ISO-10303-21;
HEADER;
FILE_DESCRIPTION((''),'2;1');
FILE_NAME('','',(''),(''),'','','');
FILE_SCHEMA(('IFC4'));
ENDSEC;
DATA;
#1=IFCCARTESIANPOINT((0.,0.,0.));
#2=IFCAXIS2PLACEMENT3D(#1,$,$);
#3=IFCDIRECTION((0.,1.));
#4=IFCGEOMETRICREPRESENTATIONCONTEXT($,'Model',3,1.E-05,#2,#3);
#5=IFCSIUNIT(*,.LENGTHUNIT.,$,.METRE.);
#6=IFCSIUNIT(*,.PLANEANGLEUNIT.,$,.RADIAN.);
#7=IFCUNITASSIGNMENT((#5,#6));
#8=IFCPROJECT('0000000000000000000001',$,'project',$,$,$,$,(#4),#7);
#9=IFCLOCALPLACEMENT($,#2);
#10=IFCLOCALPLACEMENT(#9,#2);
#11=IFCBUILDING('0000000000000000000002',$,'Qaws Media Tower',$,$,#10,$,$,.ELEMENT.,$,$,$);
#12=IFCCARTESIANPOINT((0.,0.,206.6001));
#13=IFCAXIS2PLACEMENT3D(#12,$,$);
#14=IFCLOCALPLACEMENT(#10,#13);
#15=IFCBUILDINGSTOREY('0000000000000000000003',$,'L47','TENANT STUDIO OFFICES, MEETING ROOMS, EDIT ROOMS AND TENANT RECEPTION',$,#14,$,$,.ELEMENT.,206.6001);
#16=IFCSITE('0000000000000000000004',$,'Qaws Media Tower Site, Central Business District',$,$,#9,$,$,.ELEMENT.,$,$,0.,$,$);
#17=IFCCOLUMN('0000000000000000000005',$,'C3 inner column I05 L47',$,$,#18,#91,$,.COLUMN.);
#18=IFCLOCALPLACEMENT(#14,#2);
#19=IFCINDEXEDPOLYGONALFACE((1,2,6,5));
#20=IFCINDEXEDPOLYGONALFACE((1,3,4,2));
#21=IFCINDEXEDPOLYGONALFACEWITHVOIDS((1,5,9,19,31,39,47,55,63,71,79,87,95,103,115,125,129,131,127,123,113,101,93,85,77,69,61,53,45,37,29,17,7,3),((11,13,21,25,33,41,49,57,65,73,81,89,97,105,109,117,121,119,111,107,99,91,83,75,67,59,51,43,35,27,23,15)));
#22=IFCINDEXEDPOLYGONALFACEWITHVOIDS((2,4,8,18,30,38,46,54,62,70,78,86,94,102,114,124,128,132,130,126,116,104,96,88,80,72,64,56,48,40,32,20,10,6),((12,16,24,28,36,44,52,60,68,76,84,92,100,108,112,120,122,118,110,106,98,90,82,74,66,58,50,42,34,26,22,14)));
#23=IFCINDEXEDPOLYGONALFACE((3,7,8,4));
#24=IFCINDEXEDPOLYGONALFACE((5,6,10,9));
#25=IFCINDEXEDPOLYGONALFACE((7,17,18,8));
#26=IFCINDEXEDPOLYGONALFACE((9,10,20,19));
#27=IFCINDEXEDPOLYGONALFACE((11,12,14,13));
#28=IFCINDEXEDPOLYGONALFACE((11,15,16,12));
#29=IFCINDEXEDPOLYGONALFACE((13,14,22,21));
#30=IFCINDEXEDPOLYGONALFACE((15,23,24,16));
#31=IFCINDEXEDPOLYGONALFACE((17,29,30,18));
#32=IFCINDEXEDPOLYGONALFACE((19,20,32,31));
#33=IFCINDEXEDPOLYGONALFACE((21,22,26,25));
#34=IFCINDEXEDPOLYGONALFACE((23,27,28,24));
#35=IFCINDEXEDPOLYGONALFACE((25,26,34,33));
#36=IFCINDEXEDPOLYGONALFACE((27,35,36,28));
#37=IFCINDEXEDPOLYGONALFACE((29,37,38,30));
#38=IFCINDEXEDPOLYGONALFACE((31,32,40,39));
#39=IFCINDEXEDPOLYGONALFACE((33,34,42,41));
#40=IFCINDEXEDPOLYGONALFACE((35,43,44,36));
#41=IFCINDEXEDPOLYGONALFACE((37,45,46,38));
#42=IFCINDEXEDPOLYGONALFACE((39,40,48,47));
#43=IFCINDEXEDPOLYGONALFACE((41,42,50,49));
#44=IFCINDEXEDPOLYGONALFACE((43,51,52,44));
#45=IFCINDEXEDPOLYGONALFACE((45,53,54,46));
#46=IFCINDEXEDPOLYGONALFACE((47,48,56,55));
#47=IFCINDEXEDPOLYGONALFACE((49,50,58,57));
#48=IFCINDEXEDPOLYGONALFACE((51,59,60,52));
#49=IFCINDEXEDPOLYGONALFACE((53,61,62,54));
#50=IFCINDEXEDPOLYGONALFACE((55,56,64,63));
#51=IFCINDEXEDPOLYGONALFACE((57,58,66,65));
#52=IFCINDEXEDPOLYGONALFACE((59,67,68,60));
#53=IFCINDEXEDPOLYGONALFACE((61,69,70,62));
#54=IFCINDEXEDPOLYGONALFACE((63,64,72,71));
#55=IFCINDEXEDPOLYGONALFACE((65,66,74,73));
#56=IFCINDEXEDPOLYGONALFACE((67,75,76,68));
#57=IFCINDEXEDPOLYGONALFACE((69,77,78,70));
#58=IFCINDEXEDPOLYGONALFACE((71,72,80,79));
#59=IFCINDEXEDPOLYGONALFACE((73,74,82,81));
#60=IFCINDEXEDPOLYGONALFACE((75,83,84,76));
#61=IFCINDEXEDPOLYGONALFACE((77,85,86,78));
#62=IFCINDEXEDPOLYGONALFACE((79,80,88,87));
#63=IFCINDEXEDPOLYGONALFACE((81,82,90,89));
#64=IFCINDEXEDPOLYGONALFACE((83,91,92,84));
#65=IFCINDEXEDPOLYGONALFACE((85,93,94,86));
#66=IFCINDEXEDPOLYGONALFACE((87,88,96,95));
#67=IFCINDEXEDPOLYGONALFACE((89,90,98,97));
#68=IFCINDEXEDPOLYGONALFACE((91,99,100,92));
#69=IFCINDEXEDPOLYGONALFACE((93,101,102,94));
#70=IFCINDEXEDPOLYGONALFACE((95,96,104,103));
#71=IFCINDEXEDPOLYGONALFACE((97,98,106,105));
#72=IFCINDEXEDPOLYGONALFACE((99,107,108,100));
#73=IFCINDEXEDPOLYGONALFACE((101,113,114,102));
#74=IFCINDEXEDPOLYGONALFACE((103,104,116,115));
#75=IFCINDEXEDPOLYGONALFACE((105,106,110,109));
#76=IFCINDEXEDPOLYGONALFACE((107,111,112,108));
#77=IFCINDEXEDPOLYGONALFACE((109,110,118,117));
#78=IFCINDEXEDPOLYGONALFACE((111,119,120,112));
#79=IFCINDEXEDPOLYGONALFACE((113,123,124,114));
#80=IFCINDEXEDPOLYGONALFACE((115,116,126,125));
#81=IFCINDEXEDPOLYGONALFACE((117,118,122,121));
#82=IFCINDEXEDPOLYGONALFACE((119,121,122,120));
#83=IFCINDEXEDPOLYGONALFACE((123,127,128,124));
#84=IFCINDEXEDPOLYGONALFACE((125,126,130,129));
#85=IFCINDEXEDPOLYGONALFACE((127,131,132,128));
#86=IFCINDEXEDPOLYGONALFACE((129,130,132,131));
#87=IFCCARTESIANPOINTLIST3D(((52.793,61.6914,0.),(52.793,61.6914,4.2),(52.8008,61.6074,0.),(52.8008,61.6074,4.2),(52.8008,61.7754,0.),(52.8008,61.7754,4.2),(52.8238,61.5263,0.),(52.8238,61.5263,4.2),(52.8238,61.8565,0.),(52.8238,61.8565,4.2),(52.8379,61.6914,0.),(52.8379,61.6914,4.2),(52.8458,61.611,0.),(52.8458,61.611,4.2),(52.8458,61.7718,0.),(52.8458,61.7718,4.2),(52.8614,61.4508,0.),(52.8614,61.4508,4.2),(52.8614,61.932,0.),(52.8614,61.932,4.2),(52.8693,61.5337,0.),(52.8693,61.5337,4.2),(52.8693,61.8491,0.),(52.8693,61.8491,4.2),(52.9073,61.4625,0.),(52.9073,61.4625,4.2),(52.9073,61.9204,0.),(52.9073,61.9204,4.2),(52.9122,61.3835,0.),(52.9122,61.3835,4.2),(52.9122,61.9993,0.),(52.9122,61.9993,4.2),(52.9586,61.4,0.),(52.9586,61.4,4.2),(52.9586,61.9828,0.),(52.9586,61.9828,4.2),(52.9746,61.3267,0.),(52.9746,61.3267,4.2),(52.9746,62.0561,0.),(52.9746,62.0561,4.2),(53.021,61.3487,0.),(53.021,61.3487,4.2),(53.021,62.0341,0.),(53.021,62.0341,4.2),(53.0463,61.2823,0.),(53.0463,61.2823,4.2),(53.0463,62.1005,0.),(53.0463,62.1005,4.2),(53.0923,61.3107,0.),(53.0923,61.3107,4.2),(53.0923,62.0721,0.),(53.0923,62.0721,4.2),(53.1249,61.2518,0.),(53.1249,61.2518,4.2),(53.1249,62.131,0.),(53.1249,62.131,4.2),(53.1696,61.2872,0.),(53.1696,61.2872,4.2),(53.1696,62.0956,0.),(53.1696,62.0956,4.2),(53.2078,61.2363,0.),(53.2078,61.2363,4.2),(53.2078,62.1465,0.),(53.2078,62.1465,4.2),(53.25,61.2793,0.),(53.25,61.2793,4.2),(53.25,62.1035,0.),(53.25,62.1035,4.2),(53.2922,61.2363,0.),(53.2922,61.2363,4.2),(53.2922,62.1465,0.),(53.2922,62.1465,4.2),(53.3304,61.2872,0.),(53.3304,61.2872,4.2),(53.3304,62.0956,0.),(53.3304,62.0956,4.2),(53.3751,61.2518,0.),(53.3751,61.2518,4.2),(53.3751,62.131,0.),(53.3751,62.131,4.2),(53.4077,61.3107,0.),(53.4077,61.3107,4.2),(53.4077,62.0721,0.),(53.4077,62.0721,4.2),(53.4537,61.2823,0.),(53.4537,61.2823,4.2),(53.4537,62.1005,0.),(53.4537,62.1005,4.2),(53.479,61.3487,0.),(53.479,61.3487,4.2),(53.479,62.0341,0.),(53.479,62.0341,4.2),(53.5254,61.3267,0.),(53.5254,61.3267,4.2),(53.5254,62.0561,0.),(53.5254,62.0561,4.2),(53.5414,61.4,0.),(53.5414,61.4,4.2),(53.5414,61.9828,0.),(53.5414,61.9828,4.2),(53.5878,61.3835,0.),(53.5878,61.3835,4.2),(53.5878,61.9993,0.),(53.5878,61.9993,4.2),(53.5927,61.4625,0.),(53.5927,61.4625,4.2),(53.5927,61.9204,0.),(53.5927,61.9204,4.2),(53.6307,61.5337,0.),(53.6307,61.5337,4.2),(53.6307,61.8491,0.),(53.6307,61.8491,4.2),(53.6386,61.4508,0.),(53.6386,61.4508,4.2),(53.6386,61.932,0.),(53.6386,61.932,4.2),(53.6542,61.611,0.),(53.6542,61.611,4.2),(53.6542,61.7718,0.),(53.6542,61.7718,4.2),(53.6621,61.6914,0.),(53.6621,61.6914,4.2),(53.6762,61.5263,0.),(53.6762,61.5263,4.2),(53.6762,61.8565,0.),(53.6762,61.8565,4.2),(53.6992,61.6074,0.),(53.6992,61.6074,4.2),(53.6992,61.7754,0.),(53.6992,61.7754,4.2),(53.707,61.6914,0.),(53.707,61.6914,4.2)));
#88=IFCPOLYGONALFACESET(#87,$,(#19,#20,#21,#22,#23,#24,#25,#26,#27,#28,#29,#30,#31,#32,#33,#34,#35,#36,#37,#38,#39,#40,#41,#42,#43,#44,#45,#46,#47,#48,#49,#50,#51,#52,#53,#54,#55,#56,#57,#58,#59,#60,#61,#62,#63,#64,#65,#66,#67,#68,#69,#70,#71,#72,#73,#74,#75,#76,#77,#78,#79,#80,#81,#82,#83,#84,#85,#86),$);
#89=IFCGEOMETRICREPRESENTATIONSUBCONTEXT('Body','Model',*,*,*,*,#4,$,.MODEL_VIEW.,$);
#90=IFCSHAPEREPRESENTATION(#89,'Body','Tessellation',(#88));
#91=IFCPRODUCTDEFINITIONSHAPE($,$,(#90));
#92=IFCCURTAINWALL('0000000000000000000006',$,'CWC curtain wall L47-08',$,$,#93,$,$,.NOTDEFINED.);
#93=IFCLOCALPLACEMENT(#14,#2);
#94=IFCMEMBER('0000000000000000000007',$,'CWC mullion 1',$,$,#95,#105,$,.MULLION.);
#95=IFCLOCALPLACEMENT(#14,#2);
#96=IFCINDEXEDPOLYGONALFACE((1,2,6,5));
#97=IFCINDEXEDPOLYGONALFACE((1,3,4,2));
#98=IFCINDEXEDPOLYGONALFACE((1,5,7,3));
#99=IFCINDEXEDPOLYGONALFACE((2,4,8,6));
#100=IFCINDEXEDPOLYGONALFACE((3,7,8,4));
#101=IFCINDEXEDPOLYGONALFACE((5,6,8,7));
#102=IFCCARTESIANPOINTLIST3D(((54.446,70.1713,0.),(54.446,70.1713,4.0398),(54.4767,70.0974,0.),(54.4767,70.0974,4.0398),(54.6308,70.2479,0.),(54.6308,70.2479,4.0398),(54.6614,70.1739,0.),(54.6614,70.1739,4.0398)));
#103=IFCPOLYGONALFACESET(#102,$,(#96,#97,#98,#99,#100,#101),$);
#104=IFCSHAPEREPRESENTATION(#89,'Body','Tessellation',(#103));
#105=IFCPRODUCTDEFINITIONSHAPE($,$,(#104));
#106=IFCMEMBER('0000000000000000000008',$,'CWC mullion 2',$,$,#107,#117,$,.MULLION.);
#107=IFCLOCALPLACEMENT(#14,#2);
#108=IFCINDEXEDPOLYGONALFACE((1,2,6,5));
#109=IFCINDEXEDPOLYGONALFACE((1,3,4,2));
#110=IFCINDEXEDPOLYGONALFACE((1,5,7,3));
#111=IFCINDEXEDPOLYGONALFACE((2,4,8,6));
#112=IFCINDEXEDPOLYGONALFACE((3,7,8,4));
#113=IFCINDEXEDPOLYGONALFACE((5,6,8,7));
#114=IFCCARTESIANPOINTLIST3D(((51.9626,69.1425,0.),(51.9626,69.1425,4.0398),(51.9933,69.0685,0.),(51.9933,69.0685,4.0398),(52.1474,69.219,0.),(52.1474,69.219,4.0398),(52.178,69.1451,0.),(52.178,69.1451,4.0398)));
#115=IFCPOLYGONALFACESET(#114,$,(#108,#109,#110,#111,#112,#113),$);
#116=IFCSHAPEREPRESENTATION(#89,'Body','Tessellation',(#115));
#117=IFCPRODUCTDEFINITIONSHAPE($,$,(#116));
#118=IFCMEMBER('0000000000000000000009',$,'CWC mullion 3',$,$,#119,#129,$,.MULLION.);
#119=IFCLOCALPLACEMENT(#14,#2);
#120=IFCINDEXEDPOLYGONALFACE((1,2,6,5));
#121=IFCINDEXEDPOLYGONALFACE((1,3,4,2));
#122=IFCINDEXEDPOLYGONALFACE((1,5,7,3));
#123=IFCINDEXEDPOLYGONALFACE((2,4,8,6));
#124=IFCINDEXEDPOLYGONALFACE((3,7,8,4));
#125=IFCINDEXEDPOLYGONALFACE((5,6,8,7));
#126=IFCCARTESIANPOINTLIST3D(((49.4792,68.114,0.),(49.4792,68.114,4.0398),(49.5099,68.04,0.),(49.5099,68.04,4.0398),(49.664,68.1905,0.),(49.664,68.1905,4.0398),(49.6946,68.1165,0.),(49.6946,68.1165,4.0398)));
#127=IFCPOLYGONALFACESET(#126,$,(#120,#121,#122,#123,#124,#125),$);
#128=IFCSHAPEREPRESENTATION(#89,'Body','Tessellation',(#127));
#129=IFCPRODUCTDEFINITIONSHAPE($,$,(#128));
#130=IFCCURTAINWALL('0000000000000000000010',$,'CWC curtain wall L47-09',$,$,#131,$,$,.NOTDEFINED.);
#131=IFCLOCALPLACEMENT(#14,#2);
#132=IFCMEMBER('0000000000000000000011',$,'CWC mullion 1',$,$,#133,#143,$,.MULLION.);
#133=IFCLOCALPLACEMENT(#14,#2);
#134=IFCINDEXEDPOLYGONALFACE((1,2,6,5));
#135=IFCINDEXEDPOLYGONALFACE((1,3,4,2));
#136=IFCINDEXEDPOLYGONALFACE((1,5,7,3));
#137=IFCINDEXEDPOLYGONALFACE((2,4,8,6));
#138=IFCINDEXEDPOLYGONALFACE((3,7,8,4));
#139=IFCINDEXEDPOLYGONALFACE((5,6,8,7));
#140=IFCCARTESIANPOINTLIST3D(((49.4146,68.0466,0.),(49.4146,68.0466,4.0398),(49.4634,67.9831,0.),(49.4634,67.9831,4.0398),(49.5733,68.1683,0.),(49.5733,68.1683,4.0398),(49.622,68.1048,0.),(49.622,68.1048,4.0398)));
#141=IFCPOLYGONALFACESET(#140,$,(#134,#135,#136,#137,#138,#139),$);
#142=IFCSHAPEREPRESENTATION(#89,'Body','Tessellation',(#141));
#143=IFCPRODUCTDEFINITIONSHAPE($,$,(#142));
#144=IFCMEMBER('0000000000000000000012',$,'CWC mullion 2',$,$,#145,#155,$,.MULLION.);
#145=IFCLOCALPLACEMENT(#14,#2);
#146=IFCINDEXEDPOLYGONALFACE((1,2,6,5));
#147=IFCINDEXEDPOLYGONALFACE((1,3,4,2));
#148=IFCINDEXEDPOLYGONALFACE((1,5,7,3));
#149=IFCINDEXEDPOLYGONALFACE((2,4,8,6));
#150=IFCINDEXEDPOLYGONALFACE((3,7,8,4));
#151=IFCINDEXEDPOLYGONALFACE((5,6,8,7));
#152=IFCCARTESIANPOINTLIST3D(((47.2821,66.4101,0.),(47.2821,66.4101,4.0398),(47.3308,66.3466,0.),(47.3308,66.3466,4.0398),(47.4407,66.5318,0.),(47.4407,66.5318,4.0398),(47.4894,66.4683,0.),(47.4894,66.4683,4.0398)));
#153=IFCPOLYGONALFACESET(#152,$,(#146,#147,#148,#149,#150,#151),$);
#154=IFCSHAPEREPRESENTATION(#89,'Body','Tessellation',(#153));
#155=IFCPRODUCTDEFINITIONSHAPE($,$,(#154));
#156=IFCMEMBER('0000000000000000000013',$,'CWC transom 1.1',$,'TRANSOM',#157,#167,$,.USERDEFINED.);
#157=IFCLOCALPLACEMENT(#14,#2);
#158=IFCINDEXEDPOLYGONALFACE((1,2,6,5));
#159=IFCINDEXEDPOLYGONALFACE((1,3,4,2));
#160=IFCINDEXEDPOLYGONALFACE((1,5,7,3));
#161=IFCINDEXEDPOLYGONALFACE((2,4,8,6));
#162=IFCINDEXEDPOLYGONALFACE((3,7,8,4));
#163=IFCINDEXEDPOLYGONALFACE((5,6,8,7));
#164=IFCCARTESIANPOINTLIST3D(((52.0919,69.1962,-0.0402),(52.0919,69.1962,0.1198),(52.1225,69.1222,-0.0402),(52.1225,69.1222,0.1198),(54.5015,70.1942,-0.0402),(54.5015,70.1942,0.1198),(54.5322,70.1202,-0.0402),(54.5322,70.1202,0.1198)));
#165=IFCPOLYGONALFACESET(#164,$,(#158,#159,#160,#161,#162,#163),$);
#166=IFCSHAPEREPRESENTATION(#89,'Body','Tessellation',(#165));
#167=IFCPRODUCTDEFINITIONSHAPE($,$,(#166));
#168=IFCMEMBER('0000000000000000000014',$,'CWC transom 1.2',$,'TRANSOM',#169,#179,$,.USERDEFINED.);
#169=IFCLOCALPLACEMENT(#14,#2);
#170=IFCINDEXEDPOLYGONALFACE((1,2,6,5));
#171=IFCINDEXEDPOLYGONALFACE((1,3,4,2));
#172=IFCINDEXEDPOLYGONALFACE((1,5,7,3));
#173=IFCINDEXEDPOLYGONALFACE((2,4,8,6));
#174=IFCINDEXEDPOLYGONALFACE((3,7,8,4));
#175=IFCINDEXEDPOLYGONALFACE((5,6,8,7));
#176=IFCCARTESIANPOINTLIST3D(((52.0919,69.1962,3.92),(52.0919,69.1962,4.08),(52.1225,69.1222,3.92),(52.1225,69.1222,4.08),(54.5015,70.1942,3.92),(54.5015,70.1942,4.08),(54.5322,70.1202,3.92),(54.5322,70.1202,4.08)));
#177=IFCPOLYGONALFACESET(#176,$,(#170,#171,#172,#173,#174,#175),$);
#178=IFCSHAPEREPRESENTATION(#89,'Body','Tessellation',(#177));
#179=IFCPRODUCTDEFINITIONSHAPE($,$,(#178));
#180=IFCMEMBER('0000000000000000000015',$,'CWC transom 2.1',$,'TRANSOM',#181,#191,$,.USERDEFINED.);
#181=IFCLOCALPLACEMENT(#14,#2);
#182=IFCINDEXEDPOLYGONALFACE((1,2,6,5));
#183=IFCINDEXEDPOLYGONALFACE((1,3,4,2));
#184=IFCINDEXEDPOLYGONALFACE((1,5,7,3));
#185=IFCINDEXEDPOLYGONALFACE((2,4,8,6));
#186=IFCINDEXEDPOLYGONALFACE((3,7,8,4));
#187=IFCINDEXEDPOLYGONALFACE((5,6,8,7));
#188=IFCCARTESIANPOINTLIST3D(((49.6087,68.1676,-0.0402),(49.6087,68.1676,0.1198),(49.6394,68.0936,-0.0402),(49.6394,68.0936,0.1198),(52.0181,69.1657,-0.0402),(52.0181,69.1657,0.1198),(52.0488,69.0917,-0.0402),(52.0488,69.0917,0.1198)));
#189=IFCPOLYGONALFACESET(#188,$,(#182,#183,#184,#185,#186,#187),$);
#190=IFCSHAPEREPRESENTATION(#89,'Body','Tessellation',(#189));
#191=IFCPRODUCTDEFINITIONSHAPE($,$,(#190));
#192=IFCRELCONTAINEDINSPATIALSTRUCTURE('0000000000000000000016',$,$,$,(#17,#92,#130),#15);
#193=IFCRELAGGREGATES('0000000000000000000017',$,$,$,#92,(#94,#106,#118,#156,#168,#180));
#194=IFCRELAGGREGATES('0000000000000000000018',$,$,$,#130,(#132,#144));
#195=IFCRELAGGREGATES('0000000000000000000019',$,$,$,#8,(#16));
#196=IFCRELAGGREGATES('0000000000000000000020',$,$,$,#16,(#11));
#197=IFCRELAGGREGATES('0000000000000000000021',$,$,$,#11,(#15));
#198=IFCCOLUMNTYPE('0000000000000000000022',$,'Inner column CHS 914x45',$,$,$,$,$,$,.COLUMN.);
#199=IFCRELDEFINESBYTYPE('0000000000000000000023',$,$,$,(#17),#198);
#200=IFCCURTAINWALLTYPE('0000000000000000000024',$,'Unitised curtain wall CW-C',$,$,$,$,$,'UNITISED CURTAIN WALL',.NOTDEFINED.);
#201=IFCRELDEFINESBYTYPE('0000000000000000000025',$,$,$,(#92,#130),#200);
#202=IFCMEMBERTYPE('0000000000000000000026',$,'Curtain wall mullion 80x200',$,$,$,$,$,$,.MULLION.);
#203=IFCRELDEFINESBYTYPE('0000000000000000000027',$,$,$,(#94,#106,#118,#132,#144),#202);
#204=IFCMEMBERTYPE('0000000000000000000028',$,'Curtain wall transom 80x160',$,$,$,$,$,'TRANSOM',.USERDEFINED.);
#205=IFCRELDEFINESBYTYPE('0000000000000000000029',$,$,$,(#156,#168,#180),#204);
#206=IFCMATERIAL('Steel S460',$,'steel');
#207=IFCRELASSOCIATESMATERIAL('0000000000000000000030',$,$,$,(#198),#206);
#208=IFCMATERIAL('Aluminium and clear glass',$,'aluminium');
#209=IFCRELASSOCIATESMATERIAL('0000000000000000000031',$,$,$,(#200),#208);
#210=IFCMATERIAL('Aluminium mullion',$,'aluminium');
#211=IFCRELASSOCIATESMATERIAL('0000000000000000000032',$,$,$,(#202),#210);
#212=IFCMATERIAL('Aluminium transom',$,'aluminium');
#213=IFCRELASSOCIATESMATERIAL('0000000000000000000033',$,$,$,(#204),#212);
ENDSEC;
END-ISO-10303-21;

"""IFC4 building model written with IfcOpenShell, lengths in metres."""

from ifc_helpers import new_model, si_unit, direction, frame, origin, origin_2d, place, context, subcontext, project, spatial, rectangle, hollow_circle, extrude, material, material_profile, profile_set, type_object, element, aggregate, save


model = new_model("IFC4")

# Units and contexts
model_context = context("Model", 3, precision=1e-05, world=origin(), true_north=direction((0.0, 1.0)))
body_context = subcontext(model_context, "Body", "Model", "MODEL_VIEW")
ifc_project = project(units=[si_unit("LENGTHUNIT", "METRE"), si_unit("PLANEANGLEUNIT", "RADIAN")], contexts=[model_context])

# Site, building, storey
site_placement = place(None, origin())
site = spatial("IfcSite", under=ifc_project, at=site_placement, Name="Qaws Media Tower Site, Central Business District", CompositionType="ELEMENT", RefElevation=0.0)
building_placement = place(site_placement, origin())
building = spatial("IfcBuilding", under=site, at=building_placement, Name="Qaws Media Tower", CompositionType="ELEMENT")
storey_placement = place(building_placement, frame((0.0, 0.0, 206.6001)))
storey = spatial("IfcBuildingStorey", under=building, at=storey_placement, Name="L47", Description="TENANT STUDIO OFFICES, MEETING ROOMS, EDIT ROOMS AND TENANT RECEPTION", CompositionType="ELEMENT", Elevation=206.6001)

# Column
ifc_material_1 = material(Name="Steel S460", Category="steel")
ifc_material_profile_1 = material_profile(ifc_material_1, hollow_circle(Radius=0.457, WallThickness=0.0449, at=origin_2d()), Name="CHS 914x45")
ifc_profile_set_1 = profile_set([ifc_material_profile_1], Name="Steel S460")
column_type = type_object("IfcColumnType", Name="Inner column CHS 914x45", PredefinedType="COLUMN", material=ifc_profile_set_1)
column_placement = place(storey_placement, frame((53.25, 61.6914, 0.0), z_axis=(0.0, 0.0, 1.0), x_axis=(1.0, 0.0, 0.0)))
element("IfcColumn", 1, at=column_placement, inside=storey, type_object=column_type, Name="C3 inner column I05 L47", PredefinedType="COLUMN", context=body_context, shape_type="SweptSolid", body=[
    extrude(hollow_circle(Radius=0.457, WallThickness=0.0449, at=origin_2d()), origin(), (0.0, 0.0, 1.0), 4.2),
])

# Curtain walls, members
ifc_material_2 = material(Name="Aluminium and clear glass", Category="aluminium")
curtain_wall_type = type_object("IfcCurtainWallType", Name="Unitised curtain wall CW-C", ElementType="UNITISED CURTAIN WALL", PredefinedType="NOTDEFINED", material=ifc_material_2)
curtain_wall_1_placement = place(storey_placement, origin())
curtain_wall_1 = element("IfcCurtainWall", 2, at=curtain_wall_1_placement, inside=storey, type_object=curtain_wall_type, Name="CWC curtain wall L47-08", PredefinedType="NOTDEFINED")
ifc_material_3 = material(Name="Aluminium mullion", Category="aluminium")
ifc_material_profile_2 = material_profile(ifc_material_3, rectangle(XDim=0.0801, YDim=0.2, at=origin_2d()), Name="80x200")
ifc_profile_set_2 = profile_set([ifc_material_profile_2], Name="Aluminium mullion")
member_type_1 = type_object("IfcMemberType", Name="Curtain wall mullion 80x200", PredefinedType="MULLION", material=ifc_profile_set_2)
member_1_placement = place(storey_placement, frame((54.5537, 70.1726, 0.0), z_axis=(0.0, 0.0, 1.0), x_axis=(0.382683, -0.92388, 0.0)))
member_1 = element("IfcMember", 3, at=member_1_placement, type_object=member_type_1, Name="CWC mullion 1", PredefinedType="MULLION", context=body_context, shape_type="SweptSolid", body=[
    extrude(rectangle(XDim=0.0801, YDim=0.2, at=origin_2d()), origin(), (0.0, 0.0, 1.0), 4.0398),
])
member_2_placement = place(storey_placement, frame((52.0703, 69.1438, 0.0), z_axis=(0.0, 0.0, 1.0), x_axis=(0.382683, -0.92388, 0.0)))
member_2 = element("IfcMember", 4, at=member_2_placement, type_object=member_type_1, Name="CWC mullion 2", PredefinedType="MULLION", context=body_context, shape_type="SweptSolid", body=[
    extrude(rectangle(XDim=0.0801, YDim=0.2, at=origin_2d()), origin(), (0.0, 0.0, 1.0), 4.0398),
])
member_3_placement = place(storey_placement, frame((49.5869, 68.1152, 0.0), z_axis=(0.0, 0.0, 1.0), x_axis=(0.382683, -0.92388, 0.0)))
member_3 = element("IfcMember", 5, at=member_3_placement, type_object=member_type_1, Name="CWC mullion 3", PredefinedType="MULLION", context=body_context, shape_type="SweptSolid", body=[
    extrude(rectangle(XDim=0.0801, YDim=0.2, at=origin_2d()), origin(), (0.0, 0.0, 1.0), 4.0398),
])
curtain_wall_2_placement = place(storey_placement, origin())
curtain_wall_2 = element("IfcCurtainWall", 6, at=curtain_wall_2_placement, inside=storey, type_object=curtain_wall_type, Name="CWC curtain wall L47-09", PredefinedType="NOTDEFINED")
member_4_placement = place(storey_placement, frame((49.5183, 68.0757, 0.0), z_axis=(0.0, 0.0, 1.0), x_axis=(0.608761, -0.793353, 0.0)))
member_4 = element("IfcMember", 7, at=member_4_placement, type_object=member_type_1, Name="CWC mullion 1", PredefinedType="MULLION", context=body_context, shape_type="SweptSolid", body=[
    extrude(rectangle(XDim=0.0801, YDim=0.2, at=origin_2d()), origin(), (0.0, 0.0, 1.0), 4.0398),
])
member_5_placement = place(storey_placement, frame((47.3857, 66.4392, 0.0), z_axis=(0.0, 0.0, 1.0), x_axis=(0.608761, -0.793353, 0.0)))
member_5 = element("IfcMember", 8, at=member_5_placement, type_object=member_type_1, Name="CWC mullion 2", PredefinedType="MULLION", context=body_context, shape_type="SweptSolid", body=[
    extrude(rectangle(XDim=0.0801, YDim=0.2, at=origin_2d()), origin(), (0.0, 0.0, 1.0), 4.0398),
])

# Members
ifc_material_4 = material(Name="Aluminium transom", Category="aluminium")
ifc_material_profile_3 = material_profile(ifc_material_4, rectangle(XDim=0.0801, YDim=0.1599, at=origin_2d()), Name="80x160")
ifc_profile_set_3 = profile_set([ifc_material_profile_3], Name="Aluminium transom")
member_type_2 = type_object("IfcMemberType", Name="Curtain wall transom 80x160", ElementType="TRANSOM", PredefinedType="USERDEFINED", material=ifc_profile_set_3)
member_6_placement = place(storey_placement, frame((54.5168, 70.1572, 0.0398), z_axis=(-0.923889, -0.38266, 0.0), x_axis=(0.38266, -0.923889, 0.0)))
member_6 = element("IfcMember", 9, at=member_6_placement, type_object=member_type_2, Name="CWC transom 1.1", ObjectType="TRANSOM", PredefinedType="USERDEFINED", context=body_context, shape_type="SweptSolid", body=[
    extrude(rectangle(XDim=0.0801, YDim=0.1599, at=origin_2d()), origin(), (0.0, 0.0, 1.0), 2.6082),
])
member_7_placement = place(storey_placement, frame((54.5168, 70.1572, 4.0), z_axis=(-0.923889, -0.38266, 0.0), x_axis=(0.38266, -0.923889, 0.0)))
member_7 = element("IfcMember", 10, at=member_7_placement, type_object=member_type_2, Name="CWC transom 1.2", ObjectType="TRANSOM", PredefinedType="USERDEFINED", context=body_context, shape_type="SweptSolid", body=[
    extrude(rectangle(XDim=0.0801, YDim=0.1599, at=origin_2d()), origin(), (0.0, 0.0, 1.0), 2.6082),
])
member_8_placement = place(storey_placement, frame((52.0334, 69.1287, 0.0398), z_axis=(-0.923875, -0.382694, 0.0), x_axis=(0.382694, -0.923875, 0.0)))
member_8 = element("IfcMember", 11, at=member_8_placement, type_object=member_type_2, Name="CWC transom 2.1", ObjectType="TRANSOM", PredefinedType="USERDEFINED", context=body_context, shape_type="SweptSolid", body=[
    extrude(rectangle(XDim=0.0801, YDim=0.1599, at=origin_2d()), origin(), (0.0, 0.0, 1.0), 2.6079),
])

aggregate(curtain_wall_1, [member_1, member_2, member_3, member_6, member_7, member_8])
aggregate(curtain_wall_2, [member_4, member_5])

save(model, "model.ifc")
